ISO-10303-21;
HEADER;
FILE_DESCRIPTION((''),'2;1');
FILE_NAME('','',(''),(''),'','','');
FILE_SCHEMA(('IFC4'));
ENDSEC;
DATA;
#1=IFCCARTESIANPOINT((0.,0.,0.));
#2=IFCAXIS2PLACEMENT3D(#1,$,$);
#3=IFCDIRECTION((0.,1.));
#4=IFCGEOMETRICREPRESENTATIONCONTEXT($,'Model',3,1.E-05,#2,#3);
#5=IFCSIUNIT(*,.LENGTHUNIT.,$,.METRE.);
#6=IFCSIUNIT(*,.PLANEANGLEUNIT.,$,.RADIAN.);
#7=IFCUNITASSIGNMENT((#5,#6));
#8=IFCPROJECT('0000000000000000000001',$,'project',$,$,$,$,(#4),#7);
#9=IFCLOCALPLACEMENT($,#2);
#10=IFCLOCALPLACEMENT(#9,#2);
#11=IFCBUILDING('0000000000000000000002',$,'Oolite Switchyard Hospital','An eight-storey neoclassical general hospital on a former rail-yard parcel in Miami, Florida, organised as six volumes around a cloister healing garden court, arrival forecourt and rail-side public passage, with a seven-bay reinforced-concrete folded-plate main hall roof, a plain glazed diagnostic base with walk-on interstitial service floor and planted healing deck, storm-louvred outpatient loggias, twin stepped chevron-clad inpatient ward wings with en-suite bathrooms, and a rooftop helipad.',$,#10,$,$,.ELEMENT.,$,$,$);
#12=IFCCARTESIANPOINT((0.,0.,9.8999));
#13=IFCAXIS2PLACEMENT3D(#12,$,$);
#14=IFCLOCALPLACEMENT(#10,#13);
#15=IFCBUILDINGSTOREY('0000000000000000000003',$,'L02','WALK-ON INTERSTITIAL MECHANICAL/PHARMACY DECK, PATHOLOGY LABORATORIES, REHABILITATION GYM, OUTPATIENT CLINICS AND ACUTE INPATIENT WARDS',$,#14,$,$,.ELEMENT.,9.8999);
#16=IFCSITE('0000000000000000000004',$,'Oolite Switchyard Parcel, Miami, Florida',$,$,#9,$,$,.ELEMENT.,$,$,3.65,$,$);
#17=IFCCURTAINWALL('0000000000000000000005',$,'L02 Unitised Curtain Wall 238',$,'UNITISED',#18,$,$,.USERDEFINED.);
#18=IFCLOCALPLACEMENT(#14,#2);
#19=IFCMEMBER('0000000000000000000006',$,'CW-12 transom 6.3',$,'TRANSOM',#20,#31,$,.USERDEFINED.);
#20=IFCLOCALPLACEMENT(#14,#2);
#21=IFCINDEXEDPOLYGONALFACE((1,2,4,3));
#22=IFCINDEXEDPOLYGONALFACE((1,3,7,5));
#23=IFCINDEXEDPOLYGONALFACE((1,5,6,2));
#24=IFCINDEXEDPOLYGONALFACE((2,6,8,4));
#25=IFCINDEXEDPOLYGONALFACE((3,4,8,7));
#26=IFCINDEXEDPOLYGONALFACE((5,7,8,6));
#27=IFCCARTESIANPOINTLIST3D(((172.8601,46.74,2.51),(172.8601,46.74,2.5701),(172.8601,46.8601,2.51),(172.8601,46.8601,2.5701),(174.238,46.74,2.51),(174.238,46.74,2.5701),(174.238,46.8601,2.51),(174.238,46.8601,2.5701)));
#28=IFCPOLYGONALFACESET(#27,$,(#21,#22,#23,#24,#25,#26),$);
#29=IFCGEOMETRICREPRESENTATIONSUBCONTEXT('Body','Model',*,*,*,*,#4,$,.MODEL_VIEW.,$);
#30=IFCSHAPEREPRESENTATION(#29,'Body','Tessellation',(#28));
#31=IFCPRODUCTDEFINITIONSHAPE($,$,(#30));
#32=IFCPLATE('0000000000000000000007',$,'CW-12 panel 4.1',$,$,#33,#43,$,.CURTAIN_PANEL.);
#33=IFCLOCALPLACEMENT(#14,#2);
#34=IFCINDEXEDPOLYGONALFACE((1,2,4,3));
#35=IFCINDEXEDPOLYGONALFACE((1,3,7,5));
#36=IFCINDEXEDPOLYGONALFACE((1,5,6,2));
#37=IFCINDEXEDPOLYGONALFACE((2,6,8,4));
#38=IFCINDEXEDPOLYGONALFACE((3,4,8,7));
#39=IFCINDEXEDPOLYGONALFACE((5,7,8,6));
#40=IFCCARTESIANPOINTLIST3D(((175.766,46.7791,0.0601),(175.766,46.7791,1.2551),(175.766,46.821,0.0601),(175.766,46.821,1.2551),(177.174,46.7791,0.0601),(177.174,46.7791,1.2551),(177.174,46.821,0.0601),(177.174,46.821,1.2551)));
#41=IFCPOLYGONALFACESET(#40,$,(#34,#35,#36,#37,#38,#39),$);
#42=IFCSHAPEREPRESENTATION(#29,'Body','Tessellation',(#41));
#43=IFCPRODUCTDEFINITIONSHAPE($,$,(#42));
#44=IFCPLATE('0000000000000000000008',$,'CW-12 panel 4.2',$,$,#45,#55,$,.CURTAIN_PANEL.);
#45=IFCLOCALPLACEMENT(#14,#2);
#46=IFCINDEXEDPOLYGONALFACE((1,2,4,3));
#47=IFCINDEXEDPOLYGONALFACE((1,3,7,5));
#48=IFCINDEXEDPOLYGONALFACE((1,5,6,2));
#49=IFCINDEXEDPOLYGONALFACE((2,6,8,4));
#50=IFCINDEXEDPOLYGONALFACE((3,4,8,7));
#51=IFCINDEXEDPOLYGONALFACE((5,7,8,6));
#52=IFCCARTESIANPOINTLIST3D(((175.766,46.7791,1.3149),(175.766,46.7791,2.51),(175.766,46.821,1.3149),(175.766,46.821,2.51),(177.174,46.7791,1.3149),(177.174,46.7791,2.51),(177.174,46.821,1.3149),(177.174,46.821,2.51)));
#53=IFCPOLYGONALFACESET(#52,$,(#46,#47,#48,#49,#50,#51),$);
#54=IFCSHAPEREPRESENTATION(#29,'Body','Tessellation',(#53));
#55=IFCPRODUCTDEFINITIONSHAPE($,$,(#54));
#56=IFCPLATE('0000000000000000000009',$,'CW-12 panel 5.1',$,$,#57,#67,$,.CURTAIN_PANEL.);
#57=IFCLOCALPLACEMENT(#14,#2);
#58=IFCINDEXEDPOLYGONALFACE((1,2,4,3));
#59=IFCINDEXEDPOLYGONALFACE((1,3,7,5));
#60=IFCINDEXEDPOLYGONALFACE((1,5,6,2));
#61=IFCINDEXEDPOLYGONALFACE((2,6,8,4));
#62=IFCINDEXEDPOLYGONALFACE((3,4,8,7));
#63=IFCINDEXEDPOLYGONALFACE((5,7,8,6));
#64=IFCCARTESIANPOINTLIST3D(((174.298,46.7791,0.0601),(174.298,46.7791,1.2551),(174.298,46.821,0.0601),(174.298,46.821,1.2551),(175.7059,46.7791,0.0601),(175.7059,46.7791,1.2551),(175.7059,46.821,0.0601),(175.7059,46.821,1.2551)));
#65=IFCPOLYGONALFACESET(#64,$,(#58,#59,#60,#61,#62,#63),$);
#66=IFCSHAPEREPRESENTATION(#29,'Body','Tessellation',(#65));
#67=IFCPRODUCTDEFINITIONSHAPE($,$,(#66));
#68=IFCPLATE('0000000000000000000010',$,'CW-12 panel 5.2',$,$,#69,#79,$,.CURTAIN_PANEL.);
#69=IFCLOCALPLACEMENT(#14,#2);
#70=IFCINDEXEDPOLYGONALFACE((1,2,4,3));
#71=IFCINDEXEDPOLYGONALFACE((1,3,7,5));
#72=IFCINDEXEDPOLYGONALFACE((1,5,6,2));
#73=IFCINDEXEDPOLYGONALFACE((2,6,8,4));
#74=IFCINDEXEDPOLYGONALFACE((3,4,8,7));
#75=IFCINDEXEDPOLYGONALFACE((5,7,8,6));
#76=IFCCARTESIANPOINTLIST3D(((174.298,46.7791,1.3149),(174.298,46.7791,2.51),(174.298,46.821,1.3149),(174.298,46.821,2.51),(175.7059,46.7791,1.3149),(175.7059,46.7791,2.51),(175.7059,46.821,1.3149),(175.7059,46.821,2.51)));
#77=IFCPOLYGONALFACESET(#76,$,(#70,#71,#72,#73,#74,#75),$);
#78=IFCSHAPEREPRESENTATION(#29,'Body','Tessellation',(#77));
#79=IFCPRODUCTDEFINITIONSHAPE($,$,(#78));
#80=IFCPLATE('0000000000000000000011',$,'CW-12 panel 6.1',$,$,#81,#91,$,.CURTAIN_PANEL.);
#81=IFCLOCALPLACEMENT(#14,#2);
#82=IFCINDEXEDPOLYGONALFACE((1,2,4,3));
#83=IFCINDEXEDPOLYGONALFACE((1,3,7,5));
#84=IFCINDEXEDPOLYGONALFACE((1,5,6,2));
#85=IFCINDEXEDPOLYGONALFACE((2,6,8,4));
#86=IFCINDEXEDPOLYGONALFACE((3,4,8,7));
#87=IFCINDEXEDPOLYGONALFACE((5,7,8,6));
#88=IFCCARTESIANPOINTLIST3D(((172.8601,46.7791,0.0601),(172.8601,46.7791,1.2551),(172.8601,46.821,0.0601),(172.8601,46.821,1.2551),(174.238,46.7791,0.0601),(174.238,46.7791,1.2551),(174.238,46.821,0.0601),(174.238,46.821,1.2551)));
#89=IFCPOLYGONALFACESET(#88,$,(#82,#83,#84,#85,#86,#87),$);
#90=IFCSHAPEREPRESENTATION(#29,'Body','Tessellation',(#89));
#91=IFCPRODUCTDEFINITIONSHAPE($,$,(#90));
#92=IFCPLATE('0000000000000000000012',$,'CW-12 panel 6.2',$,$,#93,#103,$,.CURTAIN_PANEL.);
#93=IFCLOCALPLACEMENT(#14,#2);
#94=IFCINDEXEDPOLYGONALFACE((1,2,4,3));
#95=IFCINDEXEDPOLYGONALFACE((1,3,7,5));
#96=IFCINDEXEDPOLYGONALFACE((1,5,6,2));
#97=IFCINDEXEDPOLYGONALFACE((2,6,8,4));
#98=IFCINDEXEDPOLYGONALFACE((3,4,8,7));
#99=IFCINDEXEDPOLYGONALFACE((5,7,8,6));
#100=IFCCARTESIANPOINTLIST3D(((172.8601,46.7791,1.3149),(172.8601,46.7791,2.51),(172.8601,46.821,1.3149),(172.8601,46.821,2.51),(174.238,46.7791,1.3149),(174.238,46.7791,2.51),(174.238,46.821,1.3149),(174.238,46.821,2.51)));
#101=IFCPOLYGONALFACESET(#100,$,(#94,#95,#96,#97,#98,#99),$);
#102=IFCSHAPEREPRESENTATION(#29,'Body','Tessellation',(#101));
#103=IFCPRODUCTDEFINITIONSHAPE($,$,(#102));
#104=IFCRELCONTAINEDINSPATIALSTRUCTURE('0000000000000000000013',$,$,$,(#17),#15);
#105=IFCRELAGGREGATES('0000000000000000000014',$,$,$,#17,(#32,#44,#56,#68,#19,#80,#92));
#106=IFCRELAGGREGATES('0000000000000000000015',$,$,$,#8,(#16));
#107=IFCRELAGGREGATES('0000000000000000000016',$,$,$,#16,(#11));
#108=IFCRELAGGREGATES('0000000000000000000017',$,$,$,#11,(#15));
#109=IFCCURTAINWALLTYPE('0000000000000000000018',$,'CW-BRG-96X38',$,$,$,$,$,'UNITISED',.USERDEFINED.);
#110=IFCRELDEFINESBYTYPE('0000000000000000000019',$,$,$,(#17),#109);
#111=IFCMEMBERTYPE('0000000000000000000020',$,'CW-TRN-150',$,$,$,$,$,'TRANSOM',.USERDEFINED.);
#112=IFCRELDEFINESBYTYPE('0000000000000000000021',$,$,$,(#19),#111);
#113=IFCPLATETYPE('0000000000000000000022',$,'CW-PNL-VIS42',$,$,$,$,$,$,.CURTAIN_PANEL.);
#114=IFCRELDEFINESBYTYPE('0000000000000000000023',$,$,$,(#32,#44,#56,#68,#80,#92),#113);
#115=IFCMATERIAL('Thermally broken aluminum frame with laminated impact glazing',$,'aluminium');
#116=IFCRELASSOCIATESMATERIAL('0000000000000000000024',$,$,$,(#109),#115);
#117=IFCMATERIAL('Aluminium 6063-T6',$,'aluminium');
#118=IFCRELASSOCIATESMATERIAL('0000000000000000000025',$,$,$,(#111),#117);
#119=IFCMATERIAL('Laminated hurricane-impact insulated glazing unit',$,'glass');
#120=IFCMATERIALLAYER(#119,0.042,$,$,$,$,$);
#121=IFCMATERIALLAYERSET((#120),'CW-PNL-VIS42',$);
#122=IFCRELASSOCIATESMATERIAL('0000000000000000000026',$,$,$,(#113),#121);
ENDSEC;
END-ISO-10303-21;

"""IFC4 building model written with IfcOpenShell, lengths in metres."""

from ifc_helpers import new_model, si_unit, direction, frame, origin, origin_2d, place, context, subcontext, project, spatial, rectangle, extrude, material, layer, layer_set, material_profile, profile_set, type_object, element, aggregate, save


model = new_model("IFC4")

# Units and contexts
model_context = context("Model", 3, precision=1e-05, world=origin(), true_north=direction((0.0, 1.0)))
body_context = subcontext(model_context, "Body", "Model", "MODEL_VIEW")
ifc_project = project(units=[si_unit("LENGTHUNIT", "METRE"), si_unit("PLANEANGLEUNIT", "RADIAN")], contexts=[model_context])

# Site, building, storey
site_placement = place(None, origin())
site = spatial("IfcSite", under=ifc_project, at=site_placement, Name="Oolite Switchyard Parcel, Miami, Florida", CompositionType="ELEMENT", RefElevation=3.65)
building_placement = place(site_placement, origin())
building = spatial("IfcBuilding", under=site, at=building_placement, Name="Oolite Switchyard Hospital", Description="An eight-storey neoclassical general hospital on a former rail-yard parcel in Miami, Florida, organised as six volumes around a cloister healing garden court, arrival forecourt and rail-side public passage, with a seven-bay reinforced-concrete folded-plate main hall roof, a plain glazed diagnostic base with walk-on interstitial service floor and planted healing deck, storm-louvred outpatient loggias, twin stepped chevron-clad inpatient ward wings with en-suite bathrooms, and a rooftop helipad.", CompositionType="ELEMENT")
storey_placement = place(building_placement, frame((0.0, 0.0, 9.8999)))
storey = spatial("IfcBuildingStorey", under=building, at=storey_placement, Name="L02", Description="WALK-ON INTERSTITIAL MECHANICAL/PHARMACY DECK, PATHOLOGY LABORATORIES, REHABILITATION GYM, OUTPATIENT CLINICS AND ACUTE INPATIENT WARDS", CompositionType="ELEMENT", Elevation=9.8999)

# Curtain wall, member, plates
ifc_material_1 = material(Name="Thermally broken aluminum frame with laminated impact glazing", Category="aluminium")
curtain_wall_type = type_object("IfcCurtainWallType", Name="CW-BRG-96X38", ElementType="UNITISED", PredefinedType="USERDEFINED", material=ifc_material_1)
curtain_wall_placement = place(storey_placement, origin())
curtain_wall = element("IfcCurtainWall", 1, at=curtain_wall_placement, inside=storey, type_object=curtain_wall_type, Name="L02 Unitised Curtain Wall 238", ObjectType="UNITISED", PredefinedType="USERDEFINED")
ifc_material_2 = material(Name="Aluminium 6063-T6", Category="aluminium")
ifc_material_profile_1 = material_profile(ifc_material_2, rectangle(XDim=0.1201, YDim=0.0601, at=origin_2d()), Name="CWT60X120")
ifc_profile_set_1 = profile_set([ifc_material_profile_1], Name="Aluminium 6063-T6")
member_type_1 = type_object("IfcMemberType", Name="CW-TRN-150", ElementType="TRANSOM", PredefinedType="USERDEFINED", material=ifc_profile_set_1)
member_1_placement = place(storey_placement, frame((174.238, 46.8, 2.54), z_axis=(-1.0, 0.0, 0.0), x_axis=(0.0, -1.0, 0.0)))
member_1 = element("IfcMember", 2, at=member_1_placement, type_object=member_type_1, Name="CW-12 transom 6.3", ObjectType="TRANSOM", PredefinedType="USERDEFINED", context=body_context, shape_type="SweptSolid", body=[
    extrude(rectangle(XDim=0.1201, YDim=0.0601, at=origin_2d()), origin(), (0.0, 0.0, 1.0), 1.3779),
])
ifc_material_3 = material(Name="Laminated hurricane-impact insulated glazing unit", Category="glass")
ifc_layer = layer(ifc_material_3, 0.042)
ifc_layer_set = layer_set([ifc_layer], Name="CW-PNL-VIS42")
plate_type = type_object("IfcPlateType", Name="CW-PNL-VIS42", PredefinedType="CURTAIN_PANEL", material=ifc_layer_set)
plate_1_placement = place(storey_placement, frame((176.47, 46.8, 0.0601), z_axis=(0.0, 0.0, 1.0), x_axis=(-1.0, 0.0, 0.0)))
plate_1 = element("IfcPlate", 3, at=plate_1_placement, type_object=plate_type, Name="CW-12 panel 4.1", PredefinedType="CURTAIN_PANEL", context=body_context, shape_type="SweptSolid", body=[
    extrude(rectangle(XDim=1.408, YDim=0.042, at=origin_2d()), origin(), (0.0, 0.0, 1.0), 1.1951),
])
plate_2_placement = place(storey_placement, frame((176.47, 46.8, 1.3149), z_axis=(0.0, 0.0, 1.0), x_axis=(-1.0, 0.0, 0.0)))
plate_2 = element("IfcPlate", 4, at=plate_2_placement, type_object=plate_type, Name="CW-12 panel 4.2", PredefinedType="CURTAIN_PANEL", context=body_context, shape_type="SweptSolid", body=[
    extrude(rectangle(XDim=1.408, YDim=0.042, at=origin_2d()), origin(), (0.0, 0.0, 1.0), 1.1951),
])
plate_3_placement = place(storey_placement, frame((175.002, 46.8, 0.0601), z_axis=(0.0, 0.0, 1.0), x_axis=(-1.0, 0.0, 0.0)))
plate_3 = element("IfcPlate", 5, at=plate_3_placement, type_object=plate_type, Name="CW-12 panel 5.1", PredefinedType="CURTAIN_PANEL", context=body_context, shape_type="SweptSolid", body=[
    extrude(rectangle(XDim=1.408, YDim=0.042, at=origin_2d()), origin(), (0.0, 0.0, 1.0), 1.1951),
])
plate_4_placement = place(storey_placement, frame((175.002, 46.8, 1.3149), z_axis=(0.0, 0.0, 1.0), x_axis=(-1.0, 0.0, 0.0)))
plate_4 = element("IfcPlate", 6, at=plate_4_placement, type_object=plate_type, Name="CW-12 panel 5.2", PredefinedType="CURTAIN_PANEL", context=body_context, shape_type="SweptSolid", body=[
    extrude(rectangle(XDim=1.408, YDim=0.042, at=origin_2d()), origin(), (0.0, 0.0, 1.0), 1.1951),
])
plate_5_placement = place(storey_placement, frame((173.5491, 46.8, 0.0601), z_axis=(0.0, 0.0, 1.0), x_axis=(-1.0, 0.0, 0.0)))
plate_5 = element("IfcPlate", 7, at=plate_5_placement, type_object=plate_type, Name="CW-12 panel 6.1", PredefinedType="CURTAIN_PANEL", context=body_context, shape_type="SweptSolid", body=[
    extrude(rectangle(XDim=1.3779, YDim=0.042, at=origin_2d()), origin(), (0.0, 0.0, 1.0), 1.1951),
])
plate_6_placement = place(storey_placement, frame((173.5491, 46.8, 1.3149), z_axis=(0.0, 0.0, 1.0), x_axis=(-1.0, 0.0, 0.0)))
plate_6 = element("IfcPlate", 8, at=plate_6_placement, type_object=plate_type, Name="CW-12 panel 6.2", PredefinedType="CURTAIN_PANEL", context=body_context, shape_type="SweptSolid", body=[
    extrude(rectangle(XDim=1.3779, YDim=0.042, at=origin_2d()), origin(), (0.0, 0.0, 1.0), 1.1951),
])
aggregate(curtain_wall, [plate_1, plate_2, plate_3, plate_4, member_1, plate_5, plate_6])

save(model, "model.ifc")
